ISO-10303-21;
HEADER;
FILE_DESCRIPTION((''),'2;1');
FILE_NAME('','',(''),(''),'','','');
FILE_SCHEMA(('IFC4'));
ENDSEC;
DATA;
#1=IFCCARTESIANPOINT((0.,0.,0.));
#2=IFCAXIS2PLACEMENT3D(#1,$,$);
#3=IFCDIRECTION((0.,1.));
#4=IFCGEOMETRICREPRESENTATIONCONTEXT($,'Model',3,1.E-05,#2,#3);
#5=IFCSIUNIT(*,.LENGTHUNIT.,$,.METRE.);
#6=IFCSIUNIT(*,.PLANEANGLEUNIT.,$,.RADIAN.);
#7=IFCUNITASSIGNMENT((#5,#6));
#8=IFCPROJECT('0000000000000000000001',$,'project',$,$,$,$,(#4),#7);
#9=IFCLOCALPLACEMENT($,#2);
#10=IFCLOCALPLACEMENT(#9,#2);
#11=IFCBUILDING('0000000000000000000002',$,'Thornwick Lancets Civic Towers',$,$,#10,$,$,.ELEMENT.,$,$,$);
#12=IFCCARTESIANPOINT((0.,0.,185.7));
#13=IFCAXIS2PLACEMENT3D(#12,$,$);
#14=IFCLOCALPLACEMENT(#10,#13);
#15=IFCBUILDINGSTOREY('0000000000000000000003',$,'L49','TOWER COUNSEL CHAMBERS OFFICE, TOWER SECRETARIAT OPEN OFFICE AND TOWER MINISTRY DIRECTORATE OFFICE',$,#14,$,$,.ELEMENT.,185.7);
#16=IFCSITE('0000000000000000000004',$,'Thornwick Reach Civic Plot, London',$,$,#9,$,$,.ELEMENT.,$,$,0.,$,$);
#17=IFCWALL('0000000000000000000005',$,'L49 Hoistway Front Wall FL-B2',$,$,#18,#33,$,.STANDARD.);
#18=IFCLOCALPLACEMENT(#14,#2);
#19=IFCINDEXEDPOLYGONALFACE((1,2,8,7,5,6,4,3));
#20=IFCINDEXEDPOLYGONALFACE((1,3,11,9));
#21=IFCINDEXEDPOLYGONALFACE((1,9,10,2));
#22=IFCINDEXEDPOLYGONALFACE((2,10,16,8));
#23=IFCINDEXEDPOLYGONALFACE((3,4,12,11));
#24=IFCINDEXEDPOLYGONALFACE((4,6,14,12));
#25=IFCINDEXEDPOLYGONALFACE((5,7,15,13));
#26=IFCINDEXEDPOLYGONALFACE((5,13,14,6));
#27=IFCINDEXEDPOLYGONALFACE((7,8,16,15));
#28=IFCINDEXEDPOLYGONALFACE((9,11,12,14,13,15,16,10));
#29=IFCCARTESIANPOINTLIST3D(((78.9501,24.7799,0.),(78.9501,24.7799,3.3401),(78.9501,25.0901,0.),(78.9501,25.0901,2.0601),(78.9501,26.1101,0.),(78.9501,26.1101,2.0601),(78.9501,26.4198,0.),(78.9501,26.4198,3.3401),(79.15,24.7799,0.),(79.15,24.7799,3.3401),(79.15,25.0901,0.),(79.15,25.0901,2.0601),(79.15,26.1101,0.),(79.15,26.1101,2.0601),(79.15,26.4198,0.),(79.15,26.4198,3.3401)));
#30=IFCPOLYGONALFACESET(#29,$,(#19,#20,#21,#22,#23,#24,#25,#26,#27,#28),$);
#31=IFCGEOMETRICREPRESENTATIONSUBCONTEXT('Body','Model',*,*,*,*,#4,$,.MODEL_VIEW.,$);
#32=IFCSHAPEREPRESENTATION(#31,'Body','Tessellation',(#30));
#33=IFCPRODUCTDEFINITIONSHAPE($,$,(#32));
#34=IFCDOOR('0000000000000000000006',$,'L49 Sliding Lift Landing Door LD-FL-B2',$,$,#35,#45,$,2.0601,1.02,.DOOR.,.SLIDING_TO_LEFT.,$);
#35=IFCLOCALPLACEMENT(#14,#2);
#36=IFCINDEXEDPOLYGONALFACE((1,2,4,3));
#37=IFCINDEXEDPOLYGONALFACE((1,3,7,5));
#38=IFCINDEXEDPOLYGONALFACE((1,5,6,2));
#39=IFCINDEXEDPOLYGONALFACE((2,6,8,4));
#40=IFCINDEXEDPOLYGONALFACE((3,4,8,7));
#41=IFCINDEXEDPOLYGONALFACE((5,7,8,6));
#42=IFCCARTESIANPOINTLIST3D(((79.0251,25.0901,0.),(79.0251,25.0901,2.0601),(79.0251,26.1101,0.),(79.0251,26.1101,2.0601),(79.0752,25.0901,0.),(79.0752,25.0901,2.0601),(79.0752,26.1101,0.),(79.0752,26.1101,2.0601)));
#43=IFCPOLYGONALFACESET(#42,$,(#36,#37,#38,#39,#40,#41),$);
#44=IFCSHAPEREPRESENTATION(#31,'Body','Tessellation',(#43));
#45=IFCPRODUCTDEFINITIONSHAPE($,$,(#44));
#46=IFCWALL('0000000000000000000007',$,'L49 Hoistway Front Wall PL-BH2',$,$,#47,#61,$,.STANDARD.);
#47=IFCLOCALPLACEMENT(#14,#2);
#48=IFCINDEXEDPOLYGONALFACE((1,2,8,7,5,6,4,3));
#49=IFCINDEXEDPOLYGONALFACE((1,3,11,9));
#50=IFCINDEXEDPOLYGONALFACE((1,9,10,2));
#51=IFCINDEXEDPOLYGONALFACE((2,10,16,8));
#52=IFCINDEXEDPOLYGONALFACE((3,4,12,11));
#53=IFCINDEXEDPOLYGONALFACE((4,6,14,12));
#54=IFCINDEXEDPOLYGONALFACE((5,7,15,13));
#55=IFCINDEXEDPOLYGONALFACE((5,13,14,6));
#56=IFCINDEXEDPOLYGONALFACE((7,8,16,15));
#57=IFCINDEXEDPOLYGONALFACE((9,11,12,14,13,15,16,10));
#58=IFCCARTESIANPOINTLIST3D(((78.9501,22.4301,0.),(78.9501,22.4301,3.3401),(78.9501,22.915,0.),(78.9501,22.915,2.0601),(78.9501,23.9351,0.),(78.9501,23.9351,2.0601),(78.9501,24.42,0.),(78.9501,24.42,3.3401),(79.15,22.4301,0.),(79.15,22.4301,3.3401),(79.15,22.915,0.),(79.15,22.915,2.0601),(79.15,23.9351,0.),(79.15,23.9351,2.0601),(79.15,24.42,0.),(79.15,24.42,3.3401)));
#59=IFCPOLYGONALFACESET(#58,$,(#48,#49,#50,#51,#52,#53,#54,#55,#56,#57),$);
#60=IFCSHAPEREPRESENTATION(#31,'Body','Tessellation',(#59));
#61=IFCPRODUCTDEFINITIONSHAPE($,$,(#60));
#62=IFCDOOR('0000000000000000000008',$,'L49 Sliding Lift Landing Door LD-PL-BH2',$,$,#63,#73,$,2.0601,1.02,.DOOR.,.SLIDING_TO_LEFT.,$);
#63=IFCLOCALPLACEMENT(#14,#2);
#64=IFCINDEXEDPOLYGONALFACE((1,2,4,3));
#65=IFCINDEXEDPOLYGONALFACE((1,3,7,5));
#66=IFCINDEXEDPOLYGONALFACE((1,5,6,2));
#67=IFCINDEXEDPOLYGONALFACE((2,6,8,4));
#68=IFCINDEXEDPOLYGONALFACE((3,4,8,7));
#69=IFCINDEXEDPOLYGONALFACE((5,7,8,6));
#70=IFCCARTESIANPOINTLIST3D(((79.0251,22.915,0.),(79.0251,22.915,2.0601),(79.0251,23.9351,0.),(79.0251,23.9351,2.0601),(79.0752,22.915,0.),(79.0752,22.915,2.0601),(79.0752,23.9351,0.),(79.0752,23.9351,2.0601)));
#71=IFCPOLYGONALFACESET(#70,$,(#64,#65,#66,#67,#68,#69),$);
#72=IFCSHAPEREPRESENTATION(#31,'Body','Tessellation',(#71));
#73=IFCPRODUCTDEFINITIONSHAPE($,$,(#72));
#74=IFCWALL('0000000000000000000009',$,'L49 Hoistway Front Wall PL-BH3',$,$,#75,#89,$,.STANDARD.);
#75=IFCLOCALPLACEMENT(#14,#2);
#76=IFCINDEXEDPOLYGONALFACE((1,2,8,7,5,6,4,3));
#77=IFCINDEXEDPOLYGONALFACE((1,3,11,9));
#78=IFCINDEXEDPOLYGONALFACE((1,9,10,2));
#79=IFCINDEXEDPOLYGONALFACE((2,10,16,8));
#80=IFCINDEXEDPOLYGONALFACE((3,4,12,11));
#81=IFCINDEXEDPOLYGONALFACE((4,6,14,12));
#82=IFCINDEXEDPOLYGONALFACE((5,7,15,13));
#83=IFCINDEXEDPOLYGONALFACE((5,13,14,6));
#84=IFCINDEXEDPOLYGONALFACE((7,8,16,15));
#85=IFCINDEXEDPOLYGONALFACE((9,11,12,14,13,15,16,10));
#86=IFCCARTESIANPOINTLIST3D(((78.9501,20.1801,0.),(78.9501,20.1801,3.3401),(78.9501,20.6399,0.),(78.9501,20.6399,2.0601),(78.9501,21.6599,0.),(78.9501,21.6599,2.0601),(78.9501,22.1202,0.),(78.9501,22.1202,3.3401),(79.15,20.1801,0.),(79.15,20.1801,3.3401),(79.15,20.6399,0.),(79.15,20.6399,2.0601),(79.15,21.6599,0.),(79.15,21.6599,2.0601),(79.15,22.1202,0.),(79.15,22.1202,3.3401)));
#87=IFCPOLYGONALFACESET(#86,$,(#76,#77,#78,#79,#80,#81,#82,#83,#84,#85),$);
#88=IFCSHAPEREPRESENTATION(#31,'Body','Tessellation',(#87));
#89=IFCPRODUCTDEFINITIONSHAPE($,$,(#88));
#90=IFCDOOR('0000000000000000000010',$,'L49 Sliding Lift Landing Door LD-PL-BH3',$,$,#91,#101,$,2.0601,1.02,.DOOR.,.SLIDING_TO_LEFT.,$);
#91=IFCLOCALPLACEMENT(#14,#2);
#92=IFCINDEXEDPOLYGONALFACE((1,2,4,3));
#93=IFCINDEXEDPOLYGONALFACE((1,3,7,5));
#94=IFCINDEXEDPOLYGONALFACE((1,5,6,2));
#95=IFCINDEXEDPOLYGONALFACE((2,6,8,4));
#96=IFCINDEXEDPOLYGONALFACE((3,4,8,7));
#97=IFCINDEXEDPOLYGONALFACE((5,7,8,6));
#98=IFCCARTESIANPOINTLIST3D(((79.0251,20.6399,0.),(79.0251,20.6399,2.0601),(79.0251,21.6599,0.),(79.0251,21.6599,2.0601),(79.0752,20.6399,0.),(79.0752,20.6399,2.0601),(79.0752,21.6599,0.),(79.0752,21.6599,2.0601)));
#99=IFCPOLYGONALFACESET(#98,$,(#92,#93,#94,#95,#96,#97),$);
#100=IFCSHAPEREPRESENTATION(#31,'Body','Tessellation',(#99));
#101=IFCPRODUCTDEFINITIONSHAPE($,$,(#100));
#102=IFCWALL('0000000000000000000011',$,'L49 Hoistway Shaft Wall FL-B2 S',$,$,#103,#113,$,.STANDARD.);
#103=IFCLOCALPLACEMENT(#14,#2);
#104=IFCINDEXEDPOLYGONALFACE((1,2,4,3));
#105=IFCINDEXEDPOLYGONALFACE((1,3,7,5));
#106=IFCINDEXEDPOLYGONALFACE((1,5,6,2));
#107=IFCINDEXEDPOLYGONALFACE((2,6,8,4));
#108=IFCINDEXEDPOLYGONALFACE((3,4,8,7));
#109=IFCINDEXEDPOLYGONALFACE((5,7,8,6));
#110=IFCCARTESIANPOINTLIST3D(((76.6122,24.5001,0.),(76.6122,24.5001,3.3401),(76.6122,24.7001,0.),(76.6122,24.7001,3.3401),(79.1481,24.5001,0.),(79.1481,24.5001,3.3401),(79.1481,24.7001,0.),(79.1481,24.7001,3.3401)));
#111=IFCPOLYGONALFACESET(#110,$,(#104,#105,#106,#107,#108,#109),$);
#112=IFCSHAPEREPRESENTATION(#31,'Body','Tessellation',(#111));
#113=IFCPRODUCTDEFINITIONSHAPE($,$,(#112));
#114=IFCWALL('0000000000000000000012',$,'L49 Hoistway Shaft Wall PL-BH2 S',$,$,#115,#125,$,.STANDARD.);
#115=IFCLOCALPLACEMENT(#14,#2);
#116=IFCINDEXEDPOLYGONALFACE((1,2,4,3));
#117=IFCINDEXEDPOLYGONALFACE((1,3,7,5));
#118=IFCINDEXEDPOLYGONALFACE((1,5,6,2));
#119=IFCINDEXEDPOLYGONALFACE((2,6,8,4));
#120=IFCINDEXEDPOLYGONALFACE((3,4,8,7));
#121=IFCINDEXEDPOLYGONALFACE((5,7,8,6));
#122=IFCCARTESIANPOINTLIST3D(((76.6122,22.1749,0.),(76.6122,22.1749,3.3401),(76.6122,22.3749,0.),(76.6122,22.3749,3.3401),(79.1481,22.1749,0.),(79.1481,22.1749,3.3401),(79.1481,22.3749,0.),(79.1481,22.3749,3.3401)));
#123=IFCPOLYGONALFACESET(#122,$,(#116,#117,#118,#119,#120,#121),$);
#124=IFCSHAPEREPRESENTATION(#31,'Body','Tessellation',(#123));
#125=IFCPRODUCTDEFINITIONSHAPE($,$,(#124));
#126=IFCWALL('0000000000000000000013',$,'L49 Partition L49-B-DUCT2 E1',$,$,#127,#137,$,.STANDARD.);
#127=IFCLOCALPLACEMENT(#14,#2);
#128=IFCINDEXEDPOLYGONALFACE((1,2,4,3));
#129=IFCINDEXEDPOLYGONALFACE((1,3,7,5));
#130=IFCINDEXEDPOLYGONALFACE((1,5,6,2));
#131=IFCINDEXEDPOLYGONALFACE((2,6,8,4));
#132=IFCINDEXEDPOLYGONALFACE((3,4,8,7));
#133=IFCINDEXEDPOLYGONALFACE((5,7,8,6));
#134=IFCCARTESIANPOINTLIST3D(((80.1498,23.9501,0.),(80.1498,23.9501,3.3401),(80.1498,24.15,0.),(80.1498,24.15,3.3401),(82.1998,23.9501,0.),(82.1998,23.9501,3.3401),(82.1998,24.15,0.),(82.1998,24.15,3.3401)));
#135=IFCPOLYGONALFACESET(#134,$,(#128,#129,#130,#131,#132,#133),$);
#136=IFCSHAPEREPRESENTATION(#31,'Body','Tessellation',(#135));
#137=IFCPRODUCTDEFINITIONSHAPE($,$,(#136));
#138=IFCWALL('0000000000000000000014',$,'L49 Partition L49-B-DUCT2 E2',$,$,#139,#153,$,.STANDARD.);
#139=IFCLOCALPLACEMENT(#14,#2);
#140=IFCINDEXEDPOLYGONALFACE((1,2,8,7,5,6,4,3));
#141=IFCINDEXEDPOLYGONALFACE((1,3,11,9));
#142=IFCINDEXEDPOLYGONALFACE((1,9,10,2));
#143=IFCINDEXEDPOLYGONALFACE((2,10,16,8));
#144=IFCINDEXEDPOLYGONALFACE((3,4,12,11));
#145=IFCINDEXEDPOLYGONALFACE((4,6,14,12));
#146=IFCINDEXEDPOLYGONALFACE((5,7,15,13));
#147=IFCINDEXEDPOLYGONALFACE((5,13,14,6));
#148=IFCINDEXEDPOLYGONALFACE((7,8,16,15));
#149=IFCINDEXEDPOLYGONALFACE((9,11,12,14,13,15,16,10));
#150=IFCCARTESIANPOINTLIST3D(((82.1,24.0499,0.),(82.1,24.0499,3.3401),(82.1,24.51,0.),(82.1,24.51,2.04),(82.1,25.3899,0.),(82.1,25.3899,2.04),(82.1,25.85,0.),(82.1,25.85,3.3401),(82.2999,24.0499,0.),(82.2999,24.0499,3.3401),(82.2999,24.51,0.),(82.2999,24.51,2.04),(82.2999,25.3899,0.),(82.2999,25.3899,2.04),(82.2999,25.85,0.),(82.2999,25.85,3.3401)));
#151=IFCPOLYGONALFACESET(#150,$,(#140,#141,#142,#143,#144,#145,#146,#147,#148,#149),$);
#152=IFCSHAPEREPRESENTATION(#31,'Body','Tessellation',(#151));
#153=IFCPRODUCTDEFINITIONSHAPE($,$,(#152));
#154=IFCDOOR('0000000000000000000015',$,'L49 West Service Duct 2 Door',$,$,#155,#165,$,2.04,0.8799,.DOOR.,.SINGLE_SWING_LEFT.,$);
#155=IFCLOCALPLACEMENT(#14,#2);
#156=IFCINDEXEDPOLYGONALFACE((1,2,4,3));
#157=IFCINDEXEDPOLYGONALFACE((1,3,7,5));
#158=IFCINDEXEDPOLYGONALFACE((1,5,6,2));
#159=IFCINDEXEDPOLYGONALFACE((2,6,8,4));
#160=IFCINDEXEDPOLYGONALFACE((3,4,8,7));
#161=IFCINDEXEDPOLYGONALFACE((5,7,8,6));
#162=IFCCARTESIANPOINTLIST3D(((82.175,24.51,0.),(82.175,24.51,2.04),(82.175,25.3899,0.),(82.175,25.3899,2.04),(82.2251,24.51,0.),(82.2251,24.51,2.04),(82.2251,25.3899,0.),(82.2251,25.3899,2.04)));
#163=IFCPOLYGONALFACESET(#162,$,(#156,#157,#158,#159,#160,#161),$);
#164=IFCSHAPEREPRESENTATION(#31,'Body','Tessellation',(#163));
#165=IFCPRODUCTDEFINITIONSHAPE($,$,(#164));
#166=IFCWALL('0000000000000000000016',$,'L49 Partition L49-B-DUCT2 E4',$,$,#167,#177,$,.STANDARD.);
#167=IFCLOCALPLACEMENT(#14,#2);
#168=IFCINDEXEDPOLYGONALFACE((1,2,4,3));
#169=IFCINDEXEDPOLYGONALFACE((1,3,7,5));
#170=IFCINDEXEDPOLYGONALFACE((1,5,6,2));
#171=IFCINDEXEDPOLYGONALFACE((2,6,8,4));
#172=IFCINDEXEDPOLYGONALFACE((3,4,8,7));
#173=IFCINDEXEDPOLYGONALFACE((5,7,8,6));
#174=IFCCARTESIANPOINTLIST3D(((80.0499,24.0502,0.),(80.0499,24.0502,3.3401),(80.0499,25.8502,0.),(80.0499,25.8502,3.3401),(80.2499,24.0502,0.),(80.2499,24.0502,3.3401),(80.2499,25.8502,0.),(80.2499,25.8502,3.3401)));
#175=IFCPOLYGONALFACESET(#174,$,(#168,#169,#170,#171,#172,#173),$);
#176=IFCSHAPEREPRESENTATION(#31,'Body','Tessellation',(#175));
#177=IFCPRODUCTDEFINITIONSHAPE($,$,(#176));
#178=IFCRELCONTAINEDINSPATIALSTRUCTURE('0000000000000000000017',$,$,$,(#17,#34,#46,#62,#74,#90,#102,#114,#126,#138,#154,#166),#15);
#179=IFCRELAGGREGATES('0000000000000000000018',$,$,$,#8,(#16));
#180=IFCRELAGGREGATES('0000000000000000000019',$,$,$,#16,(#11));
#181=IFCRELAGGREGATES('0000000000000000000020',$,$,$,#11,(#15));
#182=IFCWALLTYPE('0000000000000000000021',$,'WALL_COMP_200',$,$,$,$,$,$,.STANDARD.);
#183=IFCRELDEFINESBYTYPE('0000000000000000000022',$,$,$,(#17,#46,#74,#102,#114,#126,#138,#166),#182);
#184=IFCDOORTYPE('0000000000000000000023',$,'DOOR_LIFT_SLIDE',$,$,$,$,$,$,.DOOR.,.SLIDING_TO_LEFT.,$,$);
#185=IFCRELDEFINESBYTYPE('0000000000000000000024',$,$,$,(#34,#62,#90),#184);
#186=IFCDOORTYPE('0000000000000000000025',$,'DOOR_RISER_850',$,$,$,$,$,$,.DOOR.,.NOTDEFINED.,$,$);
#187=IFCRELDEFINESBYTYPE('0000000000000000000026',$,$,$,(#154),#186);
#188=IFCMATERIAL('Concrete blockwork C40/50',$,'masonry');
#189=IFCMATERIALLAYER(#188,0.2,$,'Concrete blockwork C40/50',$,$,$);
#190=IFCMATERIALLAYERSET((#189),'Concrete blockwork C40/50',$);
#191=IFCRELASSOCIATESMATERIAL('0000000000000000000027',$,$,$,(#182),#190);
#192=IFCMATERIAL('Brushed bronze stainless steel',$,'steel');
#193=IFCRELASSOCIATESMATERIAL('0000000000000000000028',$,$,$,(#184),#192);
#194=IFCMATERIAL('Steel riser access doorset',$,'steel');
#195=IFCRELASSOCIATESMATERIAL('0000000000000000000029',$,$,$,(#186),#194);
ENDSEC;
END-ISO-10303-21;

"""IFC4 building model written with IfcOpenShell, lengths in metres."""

from ifc_helpers import new_model, si_unit, direction, frame, frame_2d, origin, place, context, subcontext, project, spatial, rectangle, extrude, material, layer, layer_set, type_object, element, fill, save


model = new_model("IFC4")

# Units and contexts
model_context = context("Model", 3, precision=1e-05, world=origin(), true_north=direction((0.0, 1.0)))
body_context = subcontext(model_context, "Body", "Model", "MODEL_VIEW")
ifc_project = project(units=[si_unit("LENGTHUNIT", "METRE"), si_unit("PLANEANGLEUNIT", "RADIAN")], contexts=[model_context])

# Site, building, storey
site_placement = place(None, origin())
site = spatial("IfcSite", under=ifc_project, at=site_placement, Name="Thornwick Reach Civic Plot, London", CompositionType="ELEMENT", RefElevation=0.0)
building_placement = place(site_placement, origin())
building = spatial("IfcBuilding", under=site, at=building_placement, Name="Thornwick Lancets Civic Towers", CompositionType="ELEMENT")
storey_placement = place(building_placement, frame((0.0, 0.0, 185.7)))
storey = spatial("IfcBuildingStorey", under=building, at=storey_placement, Name="L49", Description="TOWER COUNSEL CHAMBERS OFFICE, TOWER SECRETARIAT OPEN OFFICE AND TOWER MINISTRY DIRECTORATE OFFICE", CompositionType="ELEMENT", Elevation=185.7)

# Walls, openings, doors
ifc_material_1 = material(Name="Concrete blockwork C40/50", Category="masonry")
ifc_layer_1 = layer(ifc_material_1, 0.2, Name="Concrete blockwork C40/50")
ifc_layer_set_1 = layer_set([ifc_layer_1], Name="Concrete blockwork C40/50")
wall_type_1 = type_object("IfcWallType", Name="WALL_COMP_200", PredefinedType="STANDARD", material=ifc_layer_set_1)
wall_1_placement = place(storey_placement, frame((79.05, 24.78, 0.0), z_axis=(0.0, 0.0, 1.0), x_axis=(0.0, 1.0, 0.0)))
wall_1 = element("IfcWall", 1, at=wall_1_placement, inside=storey, type_object=wall_type_1, Name="L49 Hoistway Front Wall FL-B2", PredefinedType="STANDARD", context=body_context, shape_type="SweptSolid", body=[
    extrude(rectangle(XDim=1.6399, YDim=0.2, at=frame_2d((0.8198, 0.0))), origin(), (0.0, 0.0, 1.0), 3.3401),
])
opening_1_placement = place(wall_1_placement, frame((0.3101, 0.0, 0.0)))
opening_1 = element("IfcOpeningElement", 2, at=opening_1_placement, cuts=wall_1, PredefinedType="OPENING", context=body_context, shape_type="SweptSolid", body=[
    extrude(rectangle(XDim=1.02, YDim=2.0601, at=frame_2d((0.51, 1.03))), frame((0.0, 0.1099, 0.0), z_axis=(0.0, -1.0, 0.0), x_axis=(1.0, 0.0, 0.0)), (0.0, 0.0, 1.0), 0.22),
])
ifc_material_2 = material(Name="Brushed bronze stainless steel", Category="steel")
door_type_1 = type_object("IfcDoorType", Name="DOOR_LIFT_SLIDE", OperationType="SLIDING_TO_LEFT", PredefinedType="DOOR", material=ifc_material_2)
door_1_placement = place(opening_1_placement, origin())
door_1 = element("IfcDoor", 3, at=door_1_placement, inside=storey, type_object=door_type_1, Name="L49 Sliding Lift Landing Door LD-FL-B2", OperationType="SLIDING_TO_LEFT", OverallHeight=2.0601, OverallWidth=1.02, PredefinedType="DOOR", context=body_context, shape_type="SweptSolid", body=[
    extrude(rectangle(XDim=1.02, YDim=2.0601, at=frame_2d((0.51, 1.03))), frame((0.0, 0.0249, 0.0), z_axis=(0.0, -1.0, 0.0), x_axis=(1.0, 0.0, 0.0)), (0.0, 0.0, 1.0), 0.05),
])
fill(opening_1, door_1)
wall_2_placement = place(storey_placement, frame((79.05, 22.4299, 0.0), z_axis=(0.0, 0.0, 1.0), x_axis=(0.0, 1.0, 0.0)))
wall_2 = element("IfcWall", 4, at=wall_2_placement, inside=storey, type_object=wall_type_1, Name="L49 Hoistway Front Wall PL-BH2", PredefinedType="STANDARD", context=body_context, shape_type="SweptSolid", body=[
    extrude(rectangle(XDim=1.99, YDim=0.2, at=frame_2d((0.9951, 0.0))), origin(), (0.0, 0.0, 1.0), 3.3401),
])
opening_2_placement = place(wall_2_placement, frame((0.4851, 0.0, 0.0)))
opening_2 = element("IfcOpeningElement", 5, at=opening_2_placement, cuts=wall_2, PredefinedType="OPENING", context=body_context, shape_type="SweptSolid", body=[
    extrude(rectangle(XDim=1.02, YDim=2.0601, at=frame_2d((0.51, 1.03))), frame((0.0, 0.1099, 0.0), z_axis=(0.0, -1.0, 0.0), x_axis=(1.0, 0.0, 0.0)), (0.0, 0.0, 1.0), 0.22),
])
door_2_placement = place(opening_2_placement, origin())
door_2 = element("IfcDoor", 6, at=door_2_placement, inside=storey, type_object=door_type_1, Name="L49 Sliding Lift Landing Door LD-PL-BH2", OperationType="SLIDING_TO_LEFT", OverallHeight=2.0601, OverallWidth=1.02, PredefinedType="DOOR", context=body_context, shape_type="SweptSolid", body=[
    extrude(rectangle(XDim=1.02, YDim=2.0601, at=frame_2d((0.51, 1.03))), frame((0.0, 0.0249, 0.0), z_axis=(0.0, -1.0, 0.0), x_axis=(1.0, 0.0, 0.0)), (0.0, 0.0, 1.0), 0.05),
])
fill(opening_2, door_2)
wall_3_placement = place(storey_placement, frame((79.05, 20.1799, 0.0), z_axis=(0.0, 0.0, 1.0), x_axis=(0.0, 1.0, 0.0)))
wall_3 = element("IfcWall", 7, at=wall_3_placement, inside=storey, type_object=wall_type_1, Name="L49 Hoistway Front Wall PL-BH3", PredefinedType="STANDARD", context=body_context, shape_type="SweptSolid", body=[
    extrude(rectangle(XDim=1.9402, YDim=0.2, at=frame_2d((0.9702, 0.0))), origin(), (0.0, 0.0, 1.0), 3.3401),
])
opening_3_placement = place(wall_3_placement, frame((0.46, 0.0, 0.0)))
opening_3 = element("IfcOpeningElement", 8, at=opening_3_placement, cuts=wall_3, PredefinedType="OPENING", context=body_context, shape_type="SweptSolid", body=[
    extrude(rectangle(XDim=1.02, YDim=2.0601, at=frame_2d((0.51, 1.03))), frame((0.0, 0.1099, 0.0), z_axis=(0.0, -1.0, 0.0), x_axis=(1.0, 0.0, 0.0)), (0.0, 0.0, 1.0), 0.22),
])
door_3_placement = place(opening_3_placement, origin())
door_3 = element("IfcDoor", 9, at=door_3_placement, inside=storey, type_object=door_type_1, Name="L49 Sliding Lift Landing Door LD-PL-BH3", OperationType="SLIDING_TO_LEFT", OverallHeight=2.0601, OverallWidth=1.02, PredefinedType="DOOR", context=body_context, shape_type="SweptSolid", body=[
    extrude(rectangle(XDim=1.02, YDim=2.0601, at=frame_2d((0.51, 1.03))), frame((0.0, 0.0249, 0.0), z_axis=(0.0, -1.0, 0.0), x_axis=(1.0, 0.0, 0.0)), (0.0, 0.0, 1.0), 0.05),
])
fill(opening_3, door_3)

# Walls
for number, where, z_axis, x_axis, name in (
    (10, (76.6121, 24.6001, 0.0), (0.0, 0.0, 1.0), (1.0, 0.0, 0.0), "L49 Hoistway Shaft Wall FL-B2 S"),
    (11, (76.6121, 22.2749, 0.0), (0.0, 0.0, 1.0), (1.0, 0.0, 0.0), "L49 Hoistway Shaft Wall PL-BH2 S"),
):
    element("IfcWall", number, at=place(storey_placement, frame(where, z_axis=z_axis, x_axis=x_axis)), inside=storey, type_object=wall_type_1, Name=name, PredefinedType="STANDARD", context=body_context, shape_type="SweptSolid", body=[
        extrude(rectangle(XDim=2.5359, YDim=0.2, at=frame_2d((1.2681, 0.0))), origin(), (0.0, 0.0, 1.0), 3.3401),
    ])
wall_4_placement = place(storey_placement, frame((80.1499, 24.05, 0.0), z_axis=(0.0, 0.0, 1.0), x_axis=(1.0, 0.0, 0.0)))
element("IfcWall", 12, at=wall_4_placement, inside=storey, type_object=wall_type_1, Name="L49 Partition L49-B-DUCT2 E1", PredefinedType="STANDARD", context=body_context, shape_type="SweptSolid", body=[
    extrude(rectangle(XDim=2.05, YDim=0.2, at=frame_2d((1.0249, 0.0))), origin(), (0.0, 0.0, 1.0), 3.3401),
])

# Wall, opening, door
wall_5_placement = place(storey_placement, frame((82.2, 24.05, 0.0), z_axis=(0.0, 0.0, 1.0), x_axis=(0.0, 1.0, 0.0)))
wall_5 = element("IfcWall", 13, at=wall_5_placement, inside=storey, type_object=wall_type_1, Name="L49 Partition L49-B-DUCT2 E2", PredefinedType="STANDARD", context=body_context, shape_type="SweptSolid", body=[
    extrude(rectangle(XDim=1.8, YDim=0.2, at=frame_2d((0.8999, 0.0))), origin(), (0.0, 0.0, 1.0), 3.3401),
])
opening_4_placement = place(wall_5_placement, frame((0.46, 0.0, 0.0)))
opening_4 = element("IfcOpeningElement", 14, at=opening_4_placement, cuts=wall_5, PredefinedType="OPENING", context=body_context, shape_type="SweptSolid", body=[
    extrude(rectangle(XDim=0.8799, YDim=2.04, at=frame_2d((0.4399, 1.02))), frame((0.0, 0.1099, 0.0), z_axis=(0.0, -1.0, 0.0), x_axis=(1.0, 0.0, 0.0)), (0.0, 0.0, 1.0), 0.22),
])
ifc_material_3 = material(Name="Steel riser access doorset", Category="steel")
door_type_2 = type_object("IfcDoorType", Name="DOOR_RISER_850", OperationType="NOTDEFINED", PredefinedType="DOOR", material=ifc_material_3)
door_4_placement = place(opening_4_placement, origin())
door_4 = element("IfcDoor", 15, at=door_4_placement, inside=storey, type_object=door_type_2, Name="L49 West Service Duct 2 Door", OperationType="SINGLE_SWING_LEFT", OverallHeight=2.04, OverallWidth=0.8799, PredefinedType="DOOR", context=body_context, shape_type="SweptSolid", body=[
    extrude(rectangle(XDim=0.8799, YDim=2.04, at=frame_2d((0.4399, 1.02))), frame((0.0, 0.0249, 0.0), z_axis=(0.0, -1.0, 0.0), x_axis=(1.0, 0.0, 0.0)), (0.0, 0.0, 1.0), 0.05),
])
fill(opening_4, door_4)

# Wall
wall_6_placement = place(storey_placement, frame((80.1499, 25.8501, 0.0), z_axis=(0.0, 0.0, 1.0), x_axis=(0.0, -1.0, 0.0)))
element("IfcWall", 16, at=wall_6_placement, inside=storey, type_object=wall_type_1, Name="L49 Partition L49-B-DUCT2 E4", PredefinedType="STANDARD", context=body_context, shape_type="SweptSolid", body=[
    extrude(rectangle(XDim=1.8, YDim=0.2, at=frame_2d((0.8999, 0.0))), origin(), (0.0, 0.0, 1.0), 3.3401),
])

save(model, "model.ifc")
